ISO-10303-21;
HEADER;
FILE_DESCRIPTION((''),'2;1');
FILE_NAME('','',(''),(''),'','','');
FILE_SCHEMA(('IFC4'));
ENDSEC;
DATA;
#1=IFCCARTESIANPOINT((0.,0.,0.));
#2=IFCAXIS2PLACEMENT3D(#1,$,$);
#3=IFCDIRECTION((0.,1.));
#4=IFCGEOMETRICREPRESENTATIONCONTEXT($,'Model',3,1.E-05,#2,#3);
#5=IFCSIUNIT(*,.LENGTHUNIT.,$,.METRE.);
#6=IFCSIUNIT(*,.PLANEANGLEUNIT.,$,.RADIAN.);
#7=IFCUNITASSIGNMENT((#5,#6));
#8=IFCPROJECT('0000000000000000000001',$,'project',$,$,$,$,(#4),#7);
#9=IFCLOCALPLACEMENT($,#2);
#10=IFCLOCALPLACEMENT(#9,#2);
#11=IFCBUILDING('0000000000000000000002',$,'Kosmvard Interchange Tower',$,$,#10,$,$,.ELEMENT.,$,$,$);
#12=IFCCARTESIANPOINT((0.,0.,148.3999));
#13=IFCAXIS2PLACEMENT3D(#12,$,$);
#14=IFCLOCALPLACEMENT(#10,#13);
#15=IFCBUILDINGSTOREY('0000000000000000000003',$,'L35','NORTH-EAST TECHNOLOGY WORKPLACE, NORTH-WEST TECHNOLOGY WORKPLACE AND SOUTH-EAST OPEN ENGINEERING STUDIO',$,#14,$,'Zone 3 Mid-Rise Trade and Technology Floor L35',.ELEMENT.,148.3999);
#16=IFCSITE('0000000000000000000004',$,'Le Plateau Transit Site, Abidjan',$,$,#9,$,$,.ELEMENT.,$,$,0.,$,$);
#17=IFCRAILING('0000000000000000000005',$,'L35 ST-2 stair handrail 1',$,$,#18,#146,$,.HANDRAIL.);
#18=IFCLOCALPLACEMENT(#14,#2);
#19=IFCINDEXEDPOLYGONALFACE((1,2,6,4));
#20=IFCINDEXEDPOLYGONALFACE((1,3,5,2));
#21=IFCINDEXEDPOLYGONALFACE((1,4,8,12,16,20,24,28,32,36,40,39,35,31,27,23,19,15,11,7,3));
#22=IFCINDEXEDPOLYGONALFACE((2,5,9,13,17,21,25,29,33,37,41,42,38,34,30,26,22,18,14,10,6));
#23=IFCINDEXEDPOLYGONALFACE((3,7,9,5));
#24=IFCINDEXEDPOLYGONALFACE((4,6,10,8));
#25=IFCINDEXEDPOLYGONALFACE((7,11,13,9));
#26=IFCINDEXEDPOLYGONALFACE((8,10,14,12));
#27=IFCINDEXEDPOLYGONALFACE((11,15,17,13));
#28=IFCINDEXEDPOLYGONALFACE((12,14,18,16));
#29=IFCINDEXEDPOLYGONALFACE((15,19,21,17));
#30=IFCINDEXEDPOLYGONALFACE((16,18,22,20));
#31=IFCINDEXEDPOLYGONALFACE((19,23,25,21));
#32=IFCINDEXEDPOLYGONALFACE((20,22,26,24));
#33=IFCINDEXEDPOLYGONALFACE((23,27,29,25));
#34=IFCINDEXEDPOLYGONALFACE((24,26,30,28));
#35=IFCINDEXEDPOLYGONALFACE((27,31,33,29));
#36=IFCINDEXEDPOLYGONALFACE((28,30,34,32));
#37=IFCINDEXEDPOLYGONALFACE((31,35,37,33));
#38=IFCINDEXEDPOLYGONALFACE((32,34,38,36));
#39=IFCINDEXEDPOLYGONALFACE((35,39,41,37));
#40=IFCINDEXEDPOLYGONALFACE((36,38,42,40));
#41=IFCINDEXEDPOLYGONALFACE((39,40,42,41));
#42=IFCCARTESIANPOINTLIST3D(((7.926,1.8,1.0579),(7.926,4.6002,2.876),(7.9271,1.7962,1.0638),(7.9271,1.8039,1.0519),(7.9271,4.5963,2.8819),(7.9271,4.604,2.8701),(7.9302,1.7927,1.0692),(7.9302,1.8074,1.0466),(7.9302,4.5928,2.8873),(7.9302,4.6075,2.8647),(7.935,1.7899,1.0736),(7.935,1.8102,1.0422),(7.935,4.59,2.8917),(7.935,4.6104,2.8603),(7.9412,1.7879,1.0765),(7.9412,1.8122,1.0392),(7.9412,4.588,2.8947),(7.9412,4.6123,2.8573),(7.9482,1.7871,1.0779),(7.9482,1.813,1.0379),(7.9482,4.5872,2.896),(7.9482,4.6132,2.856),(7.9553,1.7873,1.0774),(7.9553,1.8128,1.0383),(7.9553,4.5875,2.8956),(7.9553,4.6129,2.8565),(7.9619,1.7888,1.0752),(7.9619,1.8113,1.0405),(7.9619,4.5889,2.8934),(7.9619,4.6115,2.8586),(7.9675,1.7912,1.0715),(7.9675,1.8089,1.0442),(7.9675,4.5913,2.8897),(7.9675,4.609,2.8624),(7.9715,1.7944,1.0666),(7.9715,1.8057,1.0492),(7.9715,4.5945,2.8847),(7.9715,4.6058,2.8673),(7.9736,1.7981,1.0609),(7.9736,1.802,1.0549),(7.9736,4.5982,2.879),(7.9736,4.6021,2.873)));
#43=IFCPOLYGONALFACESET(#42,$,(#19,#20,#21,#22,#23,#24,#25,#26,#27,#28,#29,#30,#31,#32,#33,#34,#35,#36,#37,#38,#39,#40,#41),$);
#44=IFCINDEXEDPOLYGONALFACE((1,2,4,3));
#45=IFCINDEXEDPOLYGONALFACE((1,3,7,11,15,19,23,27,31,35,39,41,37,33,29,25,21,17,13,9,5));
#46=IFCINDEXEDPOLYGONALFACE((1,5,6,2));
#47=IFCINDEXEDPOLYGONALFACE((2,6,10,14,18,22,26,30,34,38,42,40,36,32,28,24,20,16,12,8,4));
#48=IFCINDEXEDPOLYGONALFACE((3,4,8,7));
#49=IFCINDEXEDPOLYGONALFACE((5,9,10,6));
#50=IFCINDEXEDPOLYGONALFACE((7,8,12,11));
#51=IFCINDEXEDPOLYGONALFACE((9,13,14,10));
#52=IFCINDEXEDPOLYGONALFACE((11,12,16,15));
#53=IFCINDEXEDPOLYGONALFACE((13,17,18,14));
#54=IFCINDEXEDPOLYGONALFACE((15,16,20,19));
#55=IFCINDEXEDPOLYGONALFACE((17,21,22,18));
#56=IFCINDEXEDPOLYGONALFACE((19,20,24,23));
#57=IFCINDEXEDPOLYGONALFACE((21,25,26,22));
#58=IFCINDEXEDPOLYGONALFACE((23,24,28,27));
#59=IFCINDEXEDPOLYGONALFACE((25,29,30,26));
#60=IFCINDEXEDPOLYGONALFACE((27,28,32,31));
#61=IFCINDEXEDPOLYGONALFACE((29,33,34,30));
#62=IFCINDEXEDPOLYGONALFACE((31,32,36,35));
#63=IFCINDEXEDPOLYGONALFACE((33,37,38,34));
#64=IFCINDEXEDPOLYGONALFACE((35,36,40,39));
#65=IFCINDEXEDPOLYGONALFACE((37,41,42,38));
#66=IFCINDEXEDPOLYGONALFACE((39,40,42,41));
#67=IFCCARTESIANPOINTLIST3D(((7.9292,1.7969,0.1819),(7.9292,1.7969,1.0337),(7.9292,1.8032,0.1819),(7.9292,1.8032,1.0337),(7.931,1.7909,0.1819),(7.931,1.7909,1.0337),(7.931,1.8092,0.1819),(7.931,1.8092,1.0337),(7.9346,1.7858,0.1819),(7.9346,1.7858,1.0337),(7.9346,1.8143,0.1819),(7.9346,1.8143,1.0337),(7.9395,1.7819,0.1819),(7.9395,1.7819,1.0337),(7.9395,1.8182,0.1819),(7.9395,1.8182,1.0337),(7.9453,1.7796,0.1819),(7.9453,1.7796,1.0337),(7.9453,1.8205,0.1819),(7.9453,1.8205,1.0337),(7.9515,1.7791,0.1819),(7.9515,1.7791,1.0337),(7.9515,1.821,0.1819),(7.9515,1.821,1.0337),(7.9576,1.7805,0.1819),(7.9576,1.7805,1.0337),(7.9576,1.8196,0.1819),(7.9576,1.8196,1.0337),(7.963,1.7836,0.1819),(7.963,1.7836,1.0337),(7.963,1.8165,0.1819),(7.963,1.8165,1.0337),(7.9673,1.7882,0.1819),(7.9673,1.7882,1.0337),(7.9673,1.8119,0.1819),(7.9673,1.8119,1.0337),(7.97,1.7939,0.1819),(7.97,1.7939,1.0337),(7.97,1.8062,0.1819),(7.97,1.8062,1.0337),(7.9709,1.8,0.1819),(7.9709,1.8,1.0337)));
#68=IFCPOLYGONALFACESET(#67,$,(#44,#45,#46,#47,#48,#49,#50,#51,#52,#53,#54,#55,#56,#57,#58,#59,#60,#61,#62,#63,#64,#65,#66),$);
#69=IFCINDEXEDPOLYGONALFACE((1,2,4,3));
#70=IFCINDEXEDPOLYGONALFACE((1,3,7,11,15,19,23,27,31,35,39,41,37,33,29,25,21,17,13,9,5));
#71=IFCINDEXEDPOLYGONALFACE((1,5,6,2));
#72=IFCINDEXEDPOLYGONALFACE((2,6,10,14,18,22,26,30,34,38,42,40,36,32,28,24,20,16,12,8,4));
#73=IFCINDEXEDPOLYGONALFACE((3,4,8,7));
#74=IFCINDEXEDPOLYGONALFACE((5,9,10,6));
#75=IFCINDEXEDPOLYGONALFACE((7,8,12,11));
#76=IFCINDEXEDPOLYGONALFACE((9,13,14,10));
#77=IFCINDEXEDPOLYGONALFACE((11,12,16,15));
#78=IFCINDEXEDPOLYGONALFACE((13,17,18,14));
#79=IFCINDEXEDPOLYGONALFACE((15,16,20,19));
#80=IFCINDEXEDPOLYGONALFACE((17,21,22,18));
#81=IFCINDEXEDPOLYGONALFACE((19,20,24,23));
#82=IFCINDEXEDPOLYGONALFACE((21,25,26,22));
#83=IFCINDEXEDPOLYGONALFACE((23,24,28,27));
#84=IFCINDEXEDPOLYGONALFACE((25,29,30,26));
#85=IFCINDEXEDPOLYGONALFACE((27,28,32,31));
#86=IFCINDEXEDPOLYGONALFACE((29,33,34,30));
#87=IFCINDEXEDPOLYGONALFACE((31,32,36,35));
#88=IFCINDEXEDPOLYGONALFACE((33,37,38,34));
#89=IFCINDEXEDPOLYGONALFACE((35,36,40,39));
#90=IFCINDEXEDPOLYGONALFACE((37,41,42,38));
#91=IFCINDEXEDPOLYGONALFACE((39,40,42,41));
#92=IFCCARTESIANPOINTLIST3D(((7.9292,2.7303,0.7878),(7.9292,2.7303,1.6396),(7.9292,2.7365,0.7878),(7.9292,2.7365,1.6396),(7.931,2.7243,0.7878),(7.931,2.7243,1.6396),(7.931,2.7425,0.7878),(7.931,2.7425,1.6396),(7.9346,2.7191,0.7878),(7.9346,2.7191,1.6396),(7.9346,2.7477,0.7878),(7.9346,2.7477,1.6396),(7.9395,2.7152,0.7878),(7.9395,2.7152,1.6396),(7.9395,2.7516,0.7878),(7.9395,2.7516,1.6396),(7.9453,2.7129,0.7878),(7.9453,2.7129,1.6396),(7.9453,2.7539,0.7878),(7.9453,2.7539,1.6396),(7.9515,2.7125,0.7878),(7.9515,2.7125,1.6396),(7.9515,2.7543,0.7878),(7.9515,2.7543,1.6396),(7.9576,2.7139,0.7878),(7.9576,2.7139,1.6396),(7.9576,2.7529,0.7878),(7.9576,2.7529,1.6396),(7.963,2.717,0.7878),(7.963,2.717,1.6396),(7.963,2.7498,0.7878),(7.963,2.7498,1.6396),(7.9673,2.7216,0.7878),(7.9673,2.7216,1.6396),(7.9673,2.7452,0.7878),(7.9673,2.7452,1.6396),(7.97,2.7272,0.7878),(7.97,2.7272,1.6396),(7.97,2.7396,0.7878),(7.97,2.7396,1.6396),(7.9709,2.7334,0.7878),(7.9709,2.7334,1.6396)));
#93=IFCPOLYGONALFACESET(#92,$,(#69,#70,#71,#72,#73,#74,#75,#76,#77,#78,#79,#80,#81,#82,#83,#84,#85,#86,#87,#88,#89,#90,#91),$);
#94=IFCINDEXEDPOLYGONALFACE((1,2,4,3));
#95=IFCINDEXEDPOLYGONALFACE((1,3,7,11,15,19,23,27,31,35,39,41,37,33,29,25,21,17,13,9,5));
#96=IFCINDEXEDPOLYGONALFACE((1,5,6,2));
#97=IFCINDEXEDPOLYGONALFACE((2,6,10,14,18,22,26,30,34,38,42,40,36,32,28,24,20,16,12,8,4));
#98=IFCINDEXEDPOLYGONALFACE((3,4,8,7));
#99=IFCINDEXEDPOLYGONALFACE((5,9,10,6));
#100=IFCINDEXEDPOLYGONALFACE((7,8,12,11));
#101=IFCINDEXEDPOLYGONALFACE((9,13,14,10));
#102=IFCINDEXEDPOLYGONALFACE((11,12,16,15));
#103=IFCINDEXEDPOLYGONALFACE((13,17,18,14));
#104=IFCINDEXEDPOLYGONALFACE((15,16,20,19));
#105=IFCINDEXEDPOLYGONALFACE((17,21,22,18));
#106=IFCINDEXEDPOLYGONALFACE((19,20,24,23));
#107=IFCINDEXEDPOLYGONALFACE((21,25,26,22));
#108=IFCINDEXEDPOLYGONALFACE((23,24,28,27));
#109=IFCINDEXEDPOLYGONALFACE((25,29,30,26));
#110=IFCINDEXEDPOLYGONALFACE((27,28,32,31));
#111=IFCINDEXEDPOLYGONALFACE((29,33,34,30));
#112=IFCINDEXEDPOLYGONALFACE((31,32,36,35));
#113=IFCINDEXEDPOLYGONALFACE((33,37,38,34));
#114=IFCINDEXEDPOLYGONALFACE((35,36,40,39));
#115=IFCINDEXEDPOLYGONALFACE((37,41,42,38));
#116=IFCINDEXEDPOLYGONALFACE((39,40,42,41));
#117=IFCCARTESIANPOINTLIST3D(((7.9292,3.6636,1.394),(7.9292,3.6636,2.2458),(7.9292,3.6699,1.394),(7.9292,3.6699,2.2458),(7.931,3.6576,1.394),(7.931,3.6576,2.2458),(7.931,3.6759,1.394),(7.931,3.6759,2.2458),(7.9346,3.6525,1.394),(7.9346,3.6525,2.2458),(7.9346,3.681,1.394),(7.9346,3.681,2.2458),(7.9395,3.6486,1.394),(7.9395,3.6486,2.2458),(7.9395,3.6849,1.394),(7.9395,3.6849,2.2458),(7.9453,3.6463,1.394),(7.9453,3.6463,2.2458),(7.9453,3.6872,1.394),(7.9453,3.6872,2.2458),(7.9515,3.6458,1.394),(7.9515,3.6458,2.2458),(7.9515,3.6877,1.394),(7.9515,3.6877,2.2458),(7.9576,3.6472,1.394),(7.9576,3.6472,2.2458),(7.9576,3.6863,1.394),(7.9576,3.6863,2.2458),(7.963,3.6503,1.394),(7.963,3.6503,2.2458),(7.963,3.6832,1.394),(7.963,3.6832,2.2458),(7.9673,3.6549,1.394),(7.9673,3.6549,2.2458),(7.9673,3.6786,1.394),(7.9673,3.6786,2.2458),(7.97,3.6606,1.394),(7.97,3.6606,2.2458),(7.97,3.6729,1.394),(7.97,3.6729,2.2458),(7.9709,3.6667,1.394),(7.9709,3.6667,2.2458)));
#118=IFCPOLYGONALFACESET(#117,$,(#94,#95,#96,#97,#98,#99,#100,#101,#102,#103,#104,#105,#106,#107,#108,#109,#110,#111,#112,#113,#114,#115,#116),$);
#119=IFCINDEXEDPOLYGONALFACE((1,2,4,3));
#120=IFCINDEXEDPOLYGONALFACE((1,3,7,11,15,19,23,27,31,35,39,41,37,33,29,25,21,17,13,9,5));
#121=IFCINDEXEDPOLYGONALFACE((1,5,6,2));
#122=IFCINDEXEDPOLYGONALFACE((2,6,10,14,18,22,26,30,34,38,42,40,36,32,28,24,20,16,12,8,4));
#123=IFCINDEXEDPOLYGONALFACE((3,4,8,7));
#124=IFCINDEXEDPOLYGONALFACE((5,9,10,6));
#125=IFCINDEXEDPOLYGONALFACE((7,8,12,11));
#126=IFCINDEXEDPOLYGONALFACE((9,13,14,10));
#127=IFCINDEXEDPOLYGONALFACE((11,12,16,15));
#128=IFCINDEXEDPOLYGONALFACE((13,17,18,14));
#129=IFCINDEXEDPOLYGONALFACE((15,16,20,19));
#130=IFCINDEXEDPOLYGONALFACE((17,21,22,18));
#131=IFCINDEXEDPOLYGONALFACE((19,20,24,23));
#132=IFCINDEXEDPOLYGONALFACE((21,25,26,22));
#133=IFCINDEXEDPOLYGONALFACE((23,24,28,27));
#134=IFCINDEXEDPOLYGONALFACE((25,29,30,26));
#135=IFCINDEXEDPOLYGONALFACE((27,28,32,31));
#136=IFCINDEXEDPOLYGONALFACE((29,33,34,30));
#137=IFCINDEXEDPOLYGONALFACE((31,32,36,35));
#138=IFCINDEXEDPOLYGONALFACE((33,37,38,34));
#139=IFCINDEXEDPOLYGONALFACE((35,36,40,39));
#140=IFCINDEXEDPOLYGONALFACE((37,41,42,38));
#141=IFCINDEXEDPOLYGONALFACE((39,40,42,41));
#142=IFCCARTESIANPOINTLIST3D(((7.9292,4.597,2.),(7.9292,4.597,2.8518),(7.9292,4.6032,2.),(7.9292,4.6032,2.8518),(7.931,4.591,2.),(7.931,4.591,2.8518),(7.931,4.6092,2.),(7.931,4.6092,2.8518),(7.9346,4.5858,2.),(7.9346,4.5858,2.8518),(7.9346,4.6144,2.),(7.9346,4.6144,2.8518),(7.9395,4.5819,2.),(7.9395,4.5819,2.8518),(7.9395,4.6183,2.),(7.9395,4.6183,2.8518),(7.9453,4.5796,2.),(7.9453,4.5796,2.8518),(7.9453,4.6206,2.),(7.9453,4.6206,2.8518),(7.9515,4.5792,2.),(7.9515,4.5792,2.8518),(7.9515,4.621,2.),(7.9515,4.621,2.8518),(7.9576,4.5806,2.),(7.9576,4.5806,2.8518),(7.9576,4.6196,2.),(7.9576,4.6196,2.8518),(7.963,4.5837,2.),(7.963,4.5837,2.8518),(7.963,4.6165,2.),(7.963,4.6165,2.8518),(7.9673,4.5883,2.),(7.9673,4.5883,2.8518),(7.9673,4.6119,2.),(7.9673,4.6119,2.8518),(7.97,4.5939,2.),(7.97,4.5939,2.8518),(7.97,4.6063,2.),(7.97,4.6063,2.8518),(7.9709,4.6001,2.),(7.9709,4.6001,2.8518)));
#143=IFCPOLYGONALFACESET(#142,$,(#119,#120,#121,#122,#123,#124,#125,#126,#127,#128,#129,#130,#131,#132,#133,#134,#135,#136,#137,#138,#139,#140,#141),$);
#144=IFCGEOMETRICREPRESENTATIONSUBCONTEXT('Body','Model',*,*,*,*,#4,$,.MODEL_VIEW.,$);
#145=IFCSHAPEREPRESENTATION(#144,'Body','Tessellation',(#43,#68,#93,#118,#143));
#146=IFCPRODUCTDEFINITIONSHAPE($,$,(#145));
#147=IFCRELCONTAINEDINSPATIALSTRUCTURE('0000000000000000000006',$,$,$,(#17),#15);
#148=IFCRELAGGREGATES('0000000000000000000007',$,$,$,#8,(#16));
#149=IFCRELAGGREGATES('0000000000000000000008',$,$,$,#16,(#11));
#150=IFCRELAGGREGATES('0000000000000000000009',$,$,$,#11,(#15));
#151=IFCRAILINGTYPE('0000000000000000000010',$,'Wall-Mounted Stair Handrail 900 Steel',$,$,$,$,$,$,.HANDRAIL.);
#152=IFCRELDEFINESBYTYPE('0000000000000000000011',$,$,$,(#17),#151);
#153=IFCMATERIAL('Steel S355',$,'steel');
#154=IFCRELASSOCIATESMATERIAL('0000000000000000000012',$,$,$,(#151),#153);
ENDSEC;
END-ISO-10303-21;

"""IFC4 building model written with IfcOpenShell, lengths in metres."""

from ifc_helpers import new_model, si_unit, direction, frame, origin, origin_2d, place, context, subcontext, project, spatial, circle, extrude, source, transform, mapped, material, type_object, element, save


model = new_model("IFC4")

# Units and contexts
model_context = context("Model", 3, precision=1e-05, world=origin(), true_north=direction((0.0, 1.0)))
body_context = subcontext(model_context, "Body", "Model", "MODEL_VIEW")
ifc_project = project(units=[si_unit("LENGTHUNIT", "METRE"), si_unit("PLANEANGLEUNIT", "RADIAN")], contexts=[model_context])

# Site, building, storey
site_placement = place(None, origin())
site = spatial("IfcSite", under=ifc_project, at=site_placement, Name="Le Plateau Transit Site, Abidjan", CompositionType="ELEMENT", RefElevation=0.0)
building_placement = place(site_placement, origin())
building = spatial("IfcBuilding", under=site, at=building_placement, Name="Kosmvard Interchange Tower", CompositionType="ELEMENT")
storey_placement = place(building_placement, frame((0.0, 0.0, 148.3999)))
storey = spatial("IfcBuildingStorey", under=building, at=storey_placement, Name="L35", Description="NORTH-EAST TECHNOLOGY WORKPLACE, NORTH-WEST TECHNOLOGY WORKPLACE AND SOUTH-EAST OPEN ENGINEERING STUDIO", LongName="Zone 3 Mid-Rise Trade and Technology Floor L35", CompositionType="ELEMENT", Elevation=148.3999)

# Railing
ifc_material_1 = material(Name="Steel S355", Category="steel")
railing_type_1 = type_object("IfcRailingType", Name="Wall-Mounted Stair Handrail 900 Steel", PredefinedType="HANDRAIL", material=ifc_material_1)
shared_shape_1 = source(origin(), body_context, "Body", "SweptSolid", [
    extrude(circle(Radius=0.0239, at=origin_2d()), frame((0.0, 0.0, 0.876), z_axis=(0.0, 0.838706, 0.544585), x_axis=(-1.0, 0.0, 0.0)), (0.0, 0.0, 1.0), 3.3386),
    extrude(circle(Radius=0.021, at=origin_2d()), origin(), (0.0, 0.0, 1.0), 0.8518),
    extrude(circle(Radius=0.021, at=origin_2d()), frame((0.0, 0.9333, 0.606)), (0.0, 0.0, 1.0), 0.8518),
    extrude(circle(Radius=0.021, at=origin_2d()), frame((0.0, 1.8667, 1.2122)), (0.0, 0.0, 1.0), 0.8518),
    extrude(circle(Radius=0.021, at=origin_2d()), frame((0.0, 2.8, 1.8181)), (0.0, 0.0, 1.0), 0.8518),
])
railing_1_placement = place(storey_placement, frame((7.95, 1.8, 0.1819)))
element("IfcRailing", 1, at=railing_1_placement, inside=storey, type_object=railing_type_1, Name="L35 ST-2 stair handrail 1", PredefinedType="HANDRAIL", context=body_context, shape_type="MappedRepresentation", body=[
    mapped(shared_shape_1, transform((0.0, 0.0, 0.0), scale=1.0)),
])

save(model, "model.ifc")
